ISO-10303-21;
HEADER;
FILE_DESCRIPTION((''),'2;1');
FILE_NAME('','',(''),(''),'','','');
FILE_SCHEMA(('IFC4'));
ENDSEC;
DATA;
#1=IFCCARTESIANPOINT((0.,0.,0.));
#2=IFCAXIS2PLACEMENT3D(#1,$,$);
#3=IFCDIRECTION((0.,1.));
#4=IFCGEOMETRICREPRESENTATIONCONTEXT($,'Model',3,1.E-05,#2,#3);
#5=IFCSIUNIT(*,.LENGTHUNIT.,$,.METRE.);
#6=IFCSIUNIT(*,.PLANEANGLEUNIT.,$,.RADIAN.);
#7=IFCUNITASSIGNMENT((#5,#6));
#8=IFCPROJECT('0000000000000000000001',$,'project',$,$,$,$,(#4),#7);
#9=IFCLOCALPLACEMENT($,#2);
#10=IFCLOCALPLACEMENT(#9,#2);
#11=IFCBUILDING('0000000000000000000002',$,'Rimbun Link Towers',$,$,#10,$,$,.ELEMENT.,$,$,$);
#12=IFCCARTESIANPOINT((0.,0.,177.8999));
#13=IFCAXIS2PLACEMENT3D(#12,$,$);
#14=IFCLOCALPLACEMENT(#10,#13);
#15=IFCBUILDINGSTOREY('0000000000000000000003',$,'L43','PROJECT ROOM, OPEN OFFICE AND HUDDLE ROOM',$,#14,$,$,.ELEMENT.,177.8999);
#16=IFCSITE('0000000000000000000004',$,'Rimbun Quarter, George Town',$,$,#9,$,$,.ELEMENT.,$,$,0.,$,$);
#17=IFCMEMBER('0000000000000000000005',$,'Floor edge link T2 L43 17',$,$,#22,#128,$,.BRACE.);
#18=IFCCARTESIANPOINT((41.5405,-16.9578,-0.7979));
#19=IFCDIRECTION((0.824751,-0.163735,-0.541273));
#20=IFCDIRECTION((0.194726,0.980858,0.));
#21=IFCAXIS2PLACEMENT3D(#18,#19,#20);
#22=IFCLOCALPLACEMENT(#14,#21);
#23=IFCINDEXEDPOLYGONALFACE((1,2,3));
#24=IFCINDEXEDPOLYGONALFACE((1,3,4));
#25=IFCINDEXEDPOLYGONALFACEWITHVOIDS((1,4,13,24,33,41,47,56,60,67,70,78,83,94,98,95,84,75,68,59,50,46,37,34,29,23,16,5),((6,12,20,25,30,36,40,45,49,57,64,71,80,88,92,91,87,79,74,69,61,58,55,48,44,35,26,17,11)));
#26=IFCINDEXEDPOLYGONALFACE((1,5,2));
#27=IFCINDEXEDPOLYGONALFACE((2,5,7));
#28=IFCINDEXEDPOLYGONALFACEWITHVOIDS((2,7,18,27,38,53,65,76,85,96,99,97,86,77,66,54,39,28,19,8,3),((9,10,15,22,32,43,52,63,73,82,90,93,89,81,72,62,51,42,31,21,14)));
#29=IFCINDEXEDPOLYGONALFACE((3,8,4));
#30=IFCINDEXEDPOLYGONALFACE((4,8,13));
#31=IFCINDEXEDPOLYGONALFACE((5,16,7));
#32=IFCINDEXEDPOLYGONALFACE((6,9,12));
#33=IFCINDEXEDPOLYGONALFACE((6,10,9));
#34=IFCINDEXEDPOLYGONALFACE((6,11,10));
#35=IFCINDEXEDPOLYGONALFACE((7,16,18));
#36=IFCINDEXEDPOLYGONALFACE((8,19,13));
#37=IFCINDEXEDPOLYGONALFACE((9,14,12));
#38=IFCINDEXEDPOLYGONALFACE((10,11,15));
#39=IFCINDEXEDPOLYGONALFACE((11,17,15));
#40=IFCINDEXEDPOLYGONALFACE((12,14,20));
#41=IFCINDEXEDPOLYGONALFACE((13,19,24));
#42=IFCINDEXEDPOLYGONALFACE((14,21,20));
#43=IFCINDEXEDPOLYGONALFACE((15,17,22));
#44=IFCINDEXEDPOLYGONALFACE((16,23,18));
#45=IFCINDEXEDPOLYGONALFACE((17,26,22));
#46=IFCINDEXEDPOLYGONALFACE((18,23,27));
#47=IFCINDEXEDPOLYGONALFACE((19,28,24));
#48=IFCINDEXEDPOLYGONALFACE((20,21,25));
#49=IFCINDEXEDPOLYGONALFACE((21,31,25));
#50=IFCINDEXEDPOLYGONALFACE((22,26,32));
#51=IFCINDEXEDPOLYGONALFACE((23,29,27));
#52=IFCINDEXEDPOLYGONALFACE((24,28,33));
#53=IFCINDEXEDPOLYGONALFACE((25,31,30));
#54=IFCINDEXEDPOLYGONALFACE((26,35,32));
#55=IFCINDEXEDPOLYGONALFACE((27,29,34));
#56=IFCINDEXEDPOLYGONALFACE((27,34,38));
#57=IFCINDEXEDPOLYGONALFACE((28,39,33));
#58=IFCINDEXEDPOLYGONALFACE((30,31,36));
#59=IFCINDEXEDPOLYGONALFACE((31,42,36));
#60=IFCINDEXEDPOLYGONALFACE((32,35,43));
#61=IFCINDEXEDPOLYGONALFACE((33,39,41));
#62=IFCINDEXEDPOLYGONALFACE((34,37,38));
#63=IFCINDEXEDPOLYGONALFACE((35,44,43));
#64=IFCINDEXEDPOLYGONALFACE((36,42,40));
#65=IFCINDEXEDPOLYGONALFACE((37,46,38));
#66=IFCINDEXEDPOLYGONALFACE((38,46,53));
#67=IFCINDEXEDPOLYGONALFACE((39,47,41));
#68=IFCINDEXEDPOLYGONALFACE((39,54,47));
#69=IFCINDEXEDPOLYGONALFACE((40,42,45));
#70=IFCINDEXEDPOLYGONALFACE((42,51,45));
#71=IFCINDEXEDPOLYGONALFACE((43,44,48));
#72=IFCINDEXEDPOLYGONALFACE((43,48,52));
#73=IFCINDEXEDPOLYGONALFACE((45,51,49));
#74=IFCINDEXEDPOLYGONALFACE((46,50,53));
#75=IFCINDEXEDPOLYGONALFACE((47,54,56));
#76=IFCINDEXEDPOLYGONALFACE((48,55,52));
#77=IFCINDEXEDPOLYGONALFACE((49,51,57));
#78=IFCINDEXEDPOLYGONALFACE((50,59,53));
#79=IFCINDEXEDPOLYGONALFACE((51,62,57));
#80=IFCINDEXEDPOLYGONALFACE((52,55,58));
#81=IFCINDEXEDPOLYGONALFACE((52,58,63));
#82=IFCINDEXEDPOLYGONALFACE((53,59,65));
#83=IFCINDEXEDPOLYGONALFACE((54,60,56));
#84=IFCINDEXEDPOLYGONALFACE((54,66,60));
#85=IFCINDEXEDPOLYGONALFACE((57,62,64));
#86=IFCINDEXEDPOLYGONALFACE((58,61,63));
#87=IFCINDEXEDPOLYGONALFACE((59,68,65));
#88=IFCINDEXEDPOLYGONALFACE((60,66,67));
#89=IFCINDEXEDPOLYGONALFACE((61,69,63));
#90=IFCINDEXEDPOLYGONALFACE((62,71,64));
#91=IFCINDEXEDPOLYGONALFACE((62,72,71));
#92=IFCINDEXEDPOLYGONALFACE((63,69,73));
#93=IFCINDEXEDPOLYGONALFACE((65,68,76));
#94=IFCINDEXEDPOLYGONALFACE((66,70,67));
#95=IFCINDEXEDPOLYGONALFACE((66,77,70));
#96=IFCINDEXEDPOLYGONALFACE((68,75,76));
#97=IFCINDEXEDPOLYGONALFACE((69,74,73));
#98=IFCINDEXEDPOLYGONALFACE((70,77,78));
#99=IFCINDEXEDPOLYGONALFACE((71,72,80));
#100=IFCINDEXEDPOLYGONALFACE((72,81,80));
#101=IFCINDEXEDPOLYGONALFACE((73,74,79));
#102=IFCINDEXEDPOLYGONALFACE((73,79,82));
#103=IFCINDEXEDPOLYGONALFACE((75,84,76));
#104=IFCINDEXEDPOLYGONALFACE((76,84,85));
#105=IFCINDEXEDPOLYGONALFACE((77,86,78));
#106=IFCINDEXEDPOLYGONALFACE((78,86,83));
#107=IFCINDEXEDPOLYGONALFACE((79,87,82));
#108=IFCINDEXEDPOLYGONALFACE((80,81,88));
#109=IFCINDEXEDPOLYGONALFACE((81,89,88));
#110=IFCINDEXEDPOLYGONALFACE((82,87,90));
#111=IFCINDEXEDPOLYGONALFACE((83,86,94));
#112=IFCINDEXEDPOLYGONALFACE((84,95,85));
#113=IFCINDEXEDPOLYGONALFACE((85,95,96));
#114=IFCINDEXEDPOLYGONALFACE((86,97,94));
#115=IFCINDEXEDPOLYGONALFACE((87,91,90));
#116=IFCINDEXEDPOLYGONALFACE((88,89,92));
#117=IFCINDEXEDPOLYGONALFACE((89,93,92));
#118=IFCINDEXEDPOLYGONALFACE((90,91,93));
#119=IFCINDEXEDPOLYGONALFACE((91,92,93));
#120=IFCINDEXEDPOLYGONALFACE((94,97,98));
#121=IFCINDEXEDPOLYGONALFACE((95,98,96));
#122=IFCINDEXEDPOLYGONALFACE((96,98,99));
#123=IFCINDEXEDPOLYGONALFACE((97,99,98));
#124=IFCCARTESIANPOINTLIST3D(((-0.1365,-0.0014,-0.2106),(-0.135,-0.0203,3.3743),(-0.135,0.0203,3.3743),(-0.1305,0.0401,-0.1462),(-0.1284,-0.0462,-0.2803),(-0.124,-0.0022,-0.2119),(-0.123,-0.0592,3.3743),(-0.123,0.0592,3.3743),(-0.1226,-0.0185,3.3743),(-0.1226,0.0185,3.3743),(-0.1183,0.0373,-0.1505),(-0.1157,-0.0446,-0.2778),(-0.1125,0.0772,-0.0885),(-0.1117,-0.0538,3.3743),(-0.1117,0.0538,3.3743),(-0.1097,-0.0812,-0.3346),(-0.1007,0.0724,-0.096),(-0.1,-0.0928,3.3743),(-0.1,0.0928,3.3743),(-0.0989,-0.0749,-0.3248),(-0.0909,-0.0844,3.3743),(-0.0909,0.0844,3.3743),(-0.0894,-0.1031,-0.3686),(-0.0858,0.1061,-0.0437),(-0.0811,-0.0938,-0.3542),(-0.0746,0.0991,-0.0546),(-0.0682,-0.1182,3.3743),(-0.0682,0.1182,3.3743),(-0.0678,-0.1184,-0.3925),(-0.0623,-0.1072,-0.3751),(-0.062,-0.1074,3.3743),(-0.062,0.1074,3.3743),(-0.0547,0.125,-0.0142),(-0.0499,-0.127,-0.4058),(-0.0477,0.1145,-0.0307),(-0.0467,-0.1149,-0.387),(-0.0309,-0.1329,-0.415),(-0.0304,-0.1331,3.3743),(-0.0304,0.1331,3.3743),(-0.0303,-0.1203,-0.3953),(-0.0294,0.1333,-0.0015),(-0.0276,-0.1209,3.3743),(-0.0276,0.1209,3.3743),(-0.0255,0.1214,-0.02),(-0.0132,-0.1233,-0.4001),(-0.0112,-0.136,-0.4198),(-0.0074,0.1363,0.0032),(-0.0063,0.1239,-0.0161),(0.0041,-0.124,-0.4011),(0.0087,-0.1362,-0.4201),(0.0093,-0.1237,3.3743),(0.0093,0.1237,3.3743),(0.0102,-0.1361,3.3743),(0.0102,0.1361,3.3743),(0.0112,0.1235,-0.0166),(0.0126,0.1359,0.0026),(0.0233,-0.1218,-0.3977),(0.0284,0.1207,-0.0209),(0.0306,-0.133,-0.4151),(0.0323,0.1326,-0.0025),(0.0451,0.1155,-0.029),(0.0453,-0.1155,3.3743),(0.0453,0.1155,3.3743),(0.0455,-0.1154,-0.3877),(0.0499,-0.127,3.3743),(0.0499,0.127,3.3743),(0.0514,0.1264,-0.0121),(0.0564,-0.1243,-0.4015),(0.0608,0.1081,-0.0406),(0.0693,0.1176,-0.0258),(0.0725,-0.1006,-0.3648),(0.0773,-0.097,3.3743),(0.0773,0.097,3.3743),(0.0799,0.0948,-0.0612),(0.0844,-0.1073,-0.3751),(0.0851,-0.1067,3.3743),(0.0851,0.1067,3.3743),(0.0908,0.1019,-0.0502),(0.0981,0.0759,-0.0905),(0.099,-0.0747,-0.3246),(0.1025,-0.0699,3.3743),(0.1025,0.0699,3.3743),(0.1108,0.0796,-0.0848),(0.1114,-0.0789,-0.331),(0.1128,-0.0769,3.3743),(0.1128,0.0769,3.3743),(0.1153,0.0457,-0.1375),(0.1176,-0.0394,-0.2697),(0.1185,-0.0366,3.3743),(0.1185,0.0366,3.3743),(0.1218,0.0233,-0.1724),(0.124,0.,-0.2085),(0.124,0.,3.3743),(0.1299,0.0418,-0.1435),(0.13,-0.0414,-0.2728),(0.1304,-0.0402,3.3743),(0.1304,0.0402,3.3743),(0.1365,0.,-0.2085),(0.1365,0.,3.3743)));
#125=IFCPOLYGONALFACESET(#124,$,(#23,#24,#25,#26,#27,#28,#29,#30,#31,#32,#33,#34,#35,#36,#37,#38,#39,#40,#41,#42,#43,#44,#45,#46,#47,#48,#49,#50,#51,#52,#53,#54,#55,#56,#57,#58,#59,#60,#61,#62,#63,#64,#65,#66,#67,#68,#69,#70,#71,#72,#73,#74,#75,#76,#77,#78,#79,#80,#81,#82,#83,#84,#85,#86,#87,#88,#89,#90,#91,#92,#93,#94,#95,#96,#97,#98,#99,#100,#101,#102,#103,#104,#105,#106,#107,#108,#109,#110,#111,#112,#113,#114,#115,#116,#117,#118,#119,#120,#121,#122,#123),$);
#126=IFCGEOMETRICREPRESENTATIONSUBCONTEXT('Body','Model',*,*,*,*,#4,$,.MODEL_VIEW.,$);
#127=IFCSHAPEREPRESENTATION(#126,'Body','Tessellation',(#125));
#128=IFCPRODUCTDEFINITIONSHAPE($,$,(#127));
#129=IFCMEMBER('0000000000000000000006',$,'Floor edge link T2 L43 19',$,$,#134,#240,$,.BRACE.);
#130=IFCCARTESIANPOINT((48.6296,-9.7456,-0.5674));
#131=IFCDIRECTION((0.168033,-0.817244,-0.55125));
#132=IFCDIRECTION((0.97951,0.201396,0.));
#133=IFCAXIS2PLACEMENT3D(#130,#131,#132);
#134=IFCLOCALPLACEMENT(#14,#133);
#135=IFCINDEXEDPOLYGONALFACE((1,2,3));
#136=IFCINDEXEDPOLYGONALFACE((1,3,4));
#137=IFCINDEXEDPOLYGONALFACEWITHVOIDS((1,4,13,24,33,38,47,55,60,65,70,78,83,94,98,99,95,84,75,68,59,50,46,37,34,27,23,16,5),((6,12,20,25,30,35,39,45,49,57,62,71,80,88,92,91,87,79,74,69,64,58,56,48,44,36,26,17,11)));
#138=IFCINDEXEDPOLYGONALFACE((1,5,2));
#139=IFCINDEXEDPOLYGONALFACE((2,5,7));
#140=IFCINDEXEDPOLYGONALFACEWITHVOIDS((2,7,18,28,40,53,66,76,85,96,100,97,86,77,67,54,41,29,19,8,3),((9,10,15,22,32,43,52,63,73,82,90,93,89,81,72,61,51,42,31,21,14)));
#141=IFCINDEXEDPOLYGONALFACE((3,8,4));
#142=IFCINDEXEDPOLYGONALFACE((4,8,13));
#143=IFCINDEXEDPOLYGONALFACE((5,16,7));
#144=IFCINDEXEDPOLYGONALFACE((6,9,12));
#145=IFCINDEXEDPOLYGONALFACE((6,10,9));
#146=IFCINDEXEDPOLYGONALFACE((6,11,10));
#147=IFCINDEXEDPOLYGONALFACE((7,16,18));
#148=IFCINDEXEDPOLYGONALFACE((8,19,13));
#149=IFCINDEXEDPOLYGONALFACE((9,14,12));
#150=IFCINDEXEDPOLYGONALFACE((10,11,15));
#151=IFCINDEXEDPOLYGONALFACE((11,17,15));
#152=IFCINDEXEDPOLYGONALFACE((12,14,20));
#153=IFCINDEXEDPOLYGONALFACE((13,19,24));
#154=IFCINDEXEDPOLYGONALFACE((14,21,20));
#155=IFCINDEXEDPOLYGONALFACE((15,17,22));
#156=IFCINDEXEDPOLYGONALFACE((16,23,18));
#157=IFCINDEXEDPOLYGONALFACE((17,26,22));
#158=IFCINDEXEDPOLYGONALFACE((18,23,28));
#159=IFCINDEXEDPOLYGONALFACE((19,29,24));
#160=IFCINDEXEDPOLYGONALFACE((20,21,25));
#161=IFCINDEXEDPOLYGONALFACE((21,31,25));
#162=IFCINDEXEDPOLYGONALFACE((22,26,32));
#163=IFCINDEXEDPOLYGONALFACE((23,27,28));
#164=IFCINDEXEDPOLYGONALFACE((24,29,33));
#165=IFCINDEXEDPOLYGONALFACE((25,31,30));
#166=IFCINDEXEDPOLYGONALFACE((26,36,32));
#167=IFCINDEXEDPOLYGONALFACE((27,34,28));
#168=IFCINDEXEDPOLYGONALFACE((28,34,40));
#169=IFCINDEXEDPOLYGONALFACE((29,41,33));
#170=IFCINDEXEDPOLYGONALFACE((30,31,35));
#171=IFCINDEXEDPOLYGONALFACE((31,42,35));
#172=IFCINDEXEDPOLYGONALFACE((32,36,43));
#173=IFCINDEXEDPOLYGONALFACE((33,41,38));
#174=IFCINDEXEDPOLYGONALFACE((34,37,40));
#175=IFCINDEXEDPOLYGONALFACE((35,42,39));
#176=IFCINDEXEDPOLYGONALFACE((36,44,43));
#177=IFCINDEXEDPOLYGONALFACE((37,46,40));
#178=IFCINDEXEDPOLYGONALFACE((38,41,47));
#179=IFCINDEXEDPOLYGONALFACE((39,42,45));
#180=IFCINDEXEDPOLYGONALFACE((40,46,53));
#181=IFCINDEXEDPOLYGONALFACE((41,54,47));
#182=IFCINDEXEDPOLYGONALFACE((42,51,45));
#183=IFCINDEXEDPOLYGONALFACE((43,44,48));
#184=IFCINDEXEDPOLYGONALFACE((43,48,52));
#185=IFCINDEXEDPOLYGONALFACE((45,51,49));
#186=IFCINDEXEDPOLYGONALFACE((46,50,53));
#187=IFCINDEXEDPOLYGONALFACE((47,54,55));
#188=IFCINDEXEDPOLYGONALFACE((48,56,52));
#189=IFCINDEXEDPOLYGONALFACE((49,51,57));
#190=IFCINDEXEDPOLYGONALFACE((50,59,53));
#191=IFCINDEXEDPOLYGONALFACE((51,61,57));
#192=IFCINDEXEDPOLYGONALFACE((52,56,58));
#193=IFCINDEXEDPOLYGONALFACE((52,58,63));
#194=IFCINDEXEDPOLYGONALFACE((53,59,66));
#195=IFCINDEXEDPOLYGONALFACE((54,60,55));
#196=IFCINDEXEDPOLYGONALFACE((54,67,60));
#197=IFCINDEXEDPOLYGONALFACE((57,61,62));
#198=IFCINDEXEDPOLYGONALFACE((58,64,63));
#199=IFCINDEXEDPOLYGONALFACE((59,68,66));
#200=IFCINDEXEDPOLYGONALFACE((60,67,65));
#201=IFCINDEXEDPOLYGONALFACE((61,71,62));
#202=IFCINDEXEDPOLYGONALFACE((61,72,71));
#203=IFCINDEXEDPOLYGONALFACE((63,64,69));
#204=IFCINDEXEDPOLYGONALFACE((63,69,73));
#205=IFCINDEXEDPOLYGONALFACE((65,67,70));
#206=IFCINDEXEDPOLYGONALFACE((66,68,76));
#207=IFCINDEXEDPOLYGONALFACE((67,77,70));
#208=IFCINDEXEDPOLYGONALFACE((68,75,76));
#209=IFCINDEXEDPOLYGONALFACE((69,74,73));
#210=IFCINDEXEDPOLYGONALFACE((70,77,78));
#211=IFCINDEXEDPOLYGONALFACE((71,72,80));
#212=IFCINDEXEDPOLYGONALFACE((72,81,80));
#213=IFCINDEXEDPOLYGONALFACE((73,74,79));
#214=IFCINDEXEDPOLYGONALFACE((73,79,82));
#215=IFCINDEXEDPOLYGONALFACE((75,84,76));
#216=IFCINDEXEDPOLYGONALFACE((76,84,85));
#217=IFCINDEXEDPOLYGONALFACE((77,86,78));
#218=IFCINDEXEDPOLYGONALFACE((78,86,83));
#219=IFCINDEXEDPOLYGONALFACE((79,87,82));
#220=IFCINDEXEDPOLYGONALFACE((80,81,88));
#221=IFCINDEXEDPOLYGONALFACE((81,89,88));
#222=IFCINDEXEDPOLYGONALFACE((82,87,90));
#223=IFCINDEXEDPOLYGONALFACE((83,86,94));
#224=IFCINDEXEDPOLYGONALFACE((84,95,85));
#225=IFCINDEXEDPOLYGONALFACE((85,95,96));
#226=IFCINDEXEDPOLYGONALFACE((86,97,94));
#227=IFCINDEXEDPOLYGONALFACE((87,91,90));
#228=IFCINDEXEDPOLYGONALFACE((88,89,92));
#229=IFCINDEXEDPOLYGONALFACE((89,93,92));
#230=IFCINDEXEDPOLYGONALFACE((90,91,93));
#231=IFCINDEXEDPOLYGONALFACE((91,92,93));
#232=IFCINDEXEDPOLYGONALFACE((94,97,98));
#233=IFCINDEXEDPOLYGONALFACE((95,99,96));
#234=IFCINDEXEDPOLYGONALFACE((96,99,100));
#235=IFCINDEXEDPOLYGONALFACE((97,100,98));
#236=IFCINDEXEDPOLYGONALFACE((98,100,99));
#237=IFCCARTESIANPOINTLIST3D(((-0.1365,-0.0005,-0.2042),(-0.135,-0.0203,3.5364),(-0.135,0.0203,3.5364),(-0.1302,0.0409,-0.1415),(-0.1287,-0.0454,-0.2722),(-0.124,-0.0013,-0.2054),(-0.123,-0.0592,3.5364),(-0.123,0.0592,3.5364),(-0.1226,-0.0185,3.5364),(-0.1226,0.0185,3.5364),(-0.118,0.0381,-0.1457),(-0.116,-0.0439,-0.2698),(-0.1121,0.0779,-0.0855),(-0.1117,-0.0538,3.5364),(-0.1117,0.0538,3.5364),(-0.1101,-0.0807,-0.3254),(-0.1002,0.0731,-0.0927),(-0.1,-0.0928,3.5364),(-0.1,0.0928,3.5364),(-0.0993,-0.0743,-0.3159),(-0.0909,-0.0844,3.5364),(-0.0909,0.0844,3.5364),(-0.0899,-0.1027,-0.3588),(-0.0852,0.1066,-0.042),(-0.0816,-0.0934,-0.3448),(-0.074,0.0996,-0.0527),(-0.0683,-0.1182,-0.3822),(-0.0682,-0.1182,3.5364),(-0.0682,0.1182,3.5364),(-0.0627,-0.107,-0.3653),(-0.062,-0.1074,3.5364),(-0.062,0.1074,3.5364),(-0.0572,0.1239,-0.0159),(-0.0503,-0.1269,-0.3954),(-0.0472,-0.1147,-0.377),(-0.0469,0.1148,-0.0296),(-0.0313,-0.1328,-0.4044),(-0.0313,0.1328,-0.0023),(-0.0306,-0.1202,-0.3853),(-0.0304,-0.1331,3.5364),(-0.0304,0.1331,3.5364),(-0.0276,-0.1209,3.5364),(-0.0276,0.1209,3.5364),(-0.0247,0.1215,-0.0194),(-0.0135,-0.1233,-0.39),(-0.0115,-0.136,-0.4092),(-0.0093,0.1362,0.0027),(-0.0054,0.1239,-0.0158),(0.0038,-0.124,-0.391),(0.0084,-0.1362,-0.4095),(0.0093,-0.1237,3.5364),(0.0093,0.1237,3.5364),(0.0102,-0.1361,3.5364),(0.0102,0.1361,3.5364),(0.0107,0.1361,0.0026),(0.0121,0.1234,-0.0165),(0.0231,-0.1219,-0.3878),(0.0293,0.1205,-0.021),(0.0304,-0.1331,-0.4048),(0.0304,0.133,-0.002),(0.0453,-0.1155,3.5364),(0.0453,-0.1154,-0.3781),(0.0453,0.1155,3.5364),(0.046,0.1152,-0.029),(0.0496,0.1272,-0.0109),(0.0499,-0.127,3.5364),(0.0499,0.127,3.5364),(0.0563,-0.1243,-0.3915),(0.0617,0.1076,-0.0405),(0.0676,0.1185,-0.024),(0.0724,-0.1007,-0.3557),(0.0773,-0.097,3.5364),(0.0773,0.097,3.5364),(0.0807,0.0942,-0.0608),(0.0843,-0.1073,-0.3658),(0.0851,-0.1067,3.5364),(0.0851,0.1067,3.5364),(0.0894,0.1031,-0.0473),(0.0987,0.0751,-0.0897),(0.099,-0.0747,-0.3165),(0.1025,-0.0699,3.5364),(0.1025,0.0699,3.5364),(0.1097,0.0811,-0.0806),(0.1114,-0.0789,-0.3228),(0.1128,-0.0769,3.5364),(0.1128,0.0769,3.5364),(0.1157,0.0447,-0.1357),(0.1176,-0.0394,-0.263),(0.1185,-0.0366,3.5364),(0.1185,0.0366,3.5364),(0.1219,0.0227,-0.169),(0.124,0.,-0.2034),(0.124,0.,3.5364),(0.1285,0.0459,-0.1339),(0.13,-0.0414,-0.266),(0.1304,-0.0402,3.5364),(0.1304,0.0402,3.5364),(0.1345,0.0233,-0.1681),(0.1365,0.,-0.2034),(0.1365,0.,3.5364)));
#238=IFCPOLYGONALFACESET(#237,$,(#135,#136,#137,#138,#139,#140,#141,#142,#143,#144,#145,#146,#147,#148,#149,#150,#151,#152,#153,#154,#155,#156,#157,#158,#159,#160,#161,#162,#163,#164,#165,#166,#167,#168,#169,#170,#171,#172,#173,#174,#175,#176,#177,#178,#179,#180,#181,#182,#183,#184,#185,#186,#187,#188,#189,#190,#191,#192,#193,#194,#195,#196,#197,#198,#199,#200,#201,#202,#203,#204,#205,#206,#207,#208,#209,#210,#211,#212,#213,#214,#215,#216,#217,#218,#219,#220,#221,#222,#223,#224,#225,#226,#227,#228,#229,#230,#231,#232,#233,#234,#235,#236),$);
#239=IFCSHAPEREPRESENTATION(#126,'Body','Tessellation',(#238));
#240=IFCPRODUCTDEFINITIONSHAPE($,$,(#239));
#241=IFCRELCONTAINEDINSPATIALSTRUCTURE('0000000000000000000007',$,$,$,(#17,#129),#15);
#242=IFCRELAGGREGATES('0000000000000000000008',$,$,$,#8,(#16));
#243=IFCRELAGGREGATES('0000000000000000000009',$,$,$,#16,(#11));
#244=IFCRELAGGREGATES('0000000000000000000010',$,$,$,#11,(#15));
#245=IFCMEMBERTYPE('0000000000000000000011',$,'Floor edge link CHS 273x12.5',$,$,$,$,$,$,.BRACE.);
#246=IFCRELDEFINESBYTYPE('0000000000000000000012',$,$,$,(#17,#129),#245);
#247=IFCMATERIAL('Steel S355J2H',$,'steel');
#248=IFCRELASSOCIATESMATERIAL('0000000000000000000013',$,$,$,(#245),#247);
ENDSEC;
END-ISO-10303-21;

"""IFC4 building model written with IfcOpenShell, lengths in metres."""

from ifc_helpers import new_model, si_unit, direction, frame, origin, origin_2d, place, context, subcontext, project, spatial, hollow_circle, extrude, clip, halfspace, material, material_profile, profile_set, type_object, element, save


model = new_model("IFC4")

# Units and contexts
model_context = context("Model", 3, precision=1e-05, world=origin(), true_north=direction((0.0, 1.0)))
body_context = subcontext(model_context, "Body", "Model", "MODEL_VIEW")
ifc_project = project(units=[si_unit("LENGTHUNIT", "METRE"), si_unit("PLANEANGLEUNIT", "RADIAN")], contexts=[model_context])

# Site, building, storey
site_placement = place(None, origin())
site = spatial("IfcSite", under=ifc_project, at=site_placement, Name="Rimbun Quarter, George Town", CompositionType="ELEMENT", RefElevation=0.0)
building_placement = place(site_placement, origin())
building = spatial("IfcBuilding", under=site, at=building_placement, Name="Rimbun Link Towers", CompositionType="ELEMENT")
storey_placement = place(building_placement, frame((0.0, 0.0, 177.8999)))
storey = spatial("IfcBuildingStorey", under=building, at=storey_placement, Name="L43", Description="PROJECT ROOM, OPEN OFFICE AND HUDDLE ROOM", CompositionType="ELEMENT", Elevation=177.8999)

# Members
ifc_material_1 = material(Name="Steel S355J2H", Category="steel")
ifc_material_profile_1 = material_profile(ifc_material_1, hollow_circle(Radius=0.1365, WallThickness=0.0125, at=origin_2d()), Name="CHS 273x12.5")
ifc_profile_set_1 = profile_set([ifc_material_profile_1], Name="Steel S355J2H")
member_type_1 = type_object("IfcMemberType", Name="Floor edge link CHS 273x12.5", PredefinedType="BRACE", material=ifc_profile_set_1)
member_1_placement = place(storey_placement, frame((41.5405, -16.9578, -0.7979), z_axis=(0.824751, -0.163735, -0.541273), x_axis=(0.194726, 0.980858, 0.0)))
element("IfcMember", 1, at=member_1_placement, inside=storey, type_object=member_type_1, Name="Floor edge link T2 L43 17", PredefinedType="BRACE", context=body_context, shape_type="Clipping", body=[
    clip(extrude(hollow_circle(Radius=0.1365, WallThickness=0.0125, at=origin_2d()), frame((0.0, 0.0, -0.4426)), (0.0, 0.0, 1.0), 3.8169), halfspace(frame((0.0, 0.0, -0.2085), z_axis=(0.0, 0.840847, -0.541273)), False)),
])
member_2_placement = place(storey_placement, frame((48.6296, -9.7456, -0.5674), z_axis=(0.168033, -0.817244, -0.55125), x_axis=(0.97951, 0.201396, 0.0)))
element("IfcMember", 2, at=member_2_placement, inside=storey, type_object=member_type_1, Name="Floor edge link T2 L43 19", PredefinedType="BRACE", context=body_context, shape_type="Clipping", body=[
    clip(extrude(hollow_circle(Radius=0.1365, WallThickness=0.0125, at=origin_2d()), frame((0.0, 0.0, -0.4314)), (0.0, 0.0, 1.0), 3.9678), halfspace(frame((0.0, 0.0, -0.2034), z_axis=(0.0, 0.83434, -0.55125)), False)),
])

save(model, "model.ifc")
